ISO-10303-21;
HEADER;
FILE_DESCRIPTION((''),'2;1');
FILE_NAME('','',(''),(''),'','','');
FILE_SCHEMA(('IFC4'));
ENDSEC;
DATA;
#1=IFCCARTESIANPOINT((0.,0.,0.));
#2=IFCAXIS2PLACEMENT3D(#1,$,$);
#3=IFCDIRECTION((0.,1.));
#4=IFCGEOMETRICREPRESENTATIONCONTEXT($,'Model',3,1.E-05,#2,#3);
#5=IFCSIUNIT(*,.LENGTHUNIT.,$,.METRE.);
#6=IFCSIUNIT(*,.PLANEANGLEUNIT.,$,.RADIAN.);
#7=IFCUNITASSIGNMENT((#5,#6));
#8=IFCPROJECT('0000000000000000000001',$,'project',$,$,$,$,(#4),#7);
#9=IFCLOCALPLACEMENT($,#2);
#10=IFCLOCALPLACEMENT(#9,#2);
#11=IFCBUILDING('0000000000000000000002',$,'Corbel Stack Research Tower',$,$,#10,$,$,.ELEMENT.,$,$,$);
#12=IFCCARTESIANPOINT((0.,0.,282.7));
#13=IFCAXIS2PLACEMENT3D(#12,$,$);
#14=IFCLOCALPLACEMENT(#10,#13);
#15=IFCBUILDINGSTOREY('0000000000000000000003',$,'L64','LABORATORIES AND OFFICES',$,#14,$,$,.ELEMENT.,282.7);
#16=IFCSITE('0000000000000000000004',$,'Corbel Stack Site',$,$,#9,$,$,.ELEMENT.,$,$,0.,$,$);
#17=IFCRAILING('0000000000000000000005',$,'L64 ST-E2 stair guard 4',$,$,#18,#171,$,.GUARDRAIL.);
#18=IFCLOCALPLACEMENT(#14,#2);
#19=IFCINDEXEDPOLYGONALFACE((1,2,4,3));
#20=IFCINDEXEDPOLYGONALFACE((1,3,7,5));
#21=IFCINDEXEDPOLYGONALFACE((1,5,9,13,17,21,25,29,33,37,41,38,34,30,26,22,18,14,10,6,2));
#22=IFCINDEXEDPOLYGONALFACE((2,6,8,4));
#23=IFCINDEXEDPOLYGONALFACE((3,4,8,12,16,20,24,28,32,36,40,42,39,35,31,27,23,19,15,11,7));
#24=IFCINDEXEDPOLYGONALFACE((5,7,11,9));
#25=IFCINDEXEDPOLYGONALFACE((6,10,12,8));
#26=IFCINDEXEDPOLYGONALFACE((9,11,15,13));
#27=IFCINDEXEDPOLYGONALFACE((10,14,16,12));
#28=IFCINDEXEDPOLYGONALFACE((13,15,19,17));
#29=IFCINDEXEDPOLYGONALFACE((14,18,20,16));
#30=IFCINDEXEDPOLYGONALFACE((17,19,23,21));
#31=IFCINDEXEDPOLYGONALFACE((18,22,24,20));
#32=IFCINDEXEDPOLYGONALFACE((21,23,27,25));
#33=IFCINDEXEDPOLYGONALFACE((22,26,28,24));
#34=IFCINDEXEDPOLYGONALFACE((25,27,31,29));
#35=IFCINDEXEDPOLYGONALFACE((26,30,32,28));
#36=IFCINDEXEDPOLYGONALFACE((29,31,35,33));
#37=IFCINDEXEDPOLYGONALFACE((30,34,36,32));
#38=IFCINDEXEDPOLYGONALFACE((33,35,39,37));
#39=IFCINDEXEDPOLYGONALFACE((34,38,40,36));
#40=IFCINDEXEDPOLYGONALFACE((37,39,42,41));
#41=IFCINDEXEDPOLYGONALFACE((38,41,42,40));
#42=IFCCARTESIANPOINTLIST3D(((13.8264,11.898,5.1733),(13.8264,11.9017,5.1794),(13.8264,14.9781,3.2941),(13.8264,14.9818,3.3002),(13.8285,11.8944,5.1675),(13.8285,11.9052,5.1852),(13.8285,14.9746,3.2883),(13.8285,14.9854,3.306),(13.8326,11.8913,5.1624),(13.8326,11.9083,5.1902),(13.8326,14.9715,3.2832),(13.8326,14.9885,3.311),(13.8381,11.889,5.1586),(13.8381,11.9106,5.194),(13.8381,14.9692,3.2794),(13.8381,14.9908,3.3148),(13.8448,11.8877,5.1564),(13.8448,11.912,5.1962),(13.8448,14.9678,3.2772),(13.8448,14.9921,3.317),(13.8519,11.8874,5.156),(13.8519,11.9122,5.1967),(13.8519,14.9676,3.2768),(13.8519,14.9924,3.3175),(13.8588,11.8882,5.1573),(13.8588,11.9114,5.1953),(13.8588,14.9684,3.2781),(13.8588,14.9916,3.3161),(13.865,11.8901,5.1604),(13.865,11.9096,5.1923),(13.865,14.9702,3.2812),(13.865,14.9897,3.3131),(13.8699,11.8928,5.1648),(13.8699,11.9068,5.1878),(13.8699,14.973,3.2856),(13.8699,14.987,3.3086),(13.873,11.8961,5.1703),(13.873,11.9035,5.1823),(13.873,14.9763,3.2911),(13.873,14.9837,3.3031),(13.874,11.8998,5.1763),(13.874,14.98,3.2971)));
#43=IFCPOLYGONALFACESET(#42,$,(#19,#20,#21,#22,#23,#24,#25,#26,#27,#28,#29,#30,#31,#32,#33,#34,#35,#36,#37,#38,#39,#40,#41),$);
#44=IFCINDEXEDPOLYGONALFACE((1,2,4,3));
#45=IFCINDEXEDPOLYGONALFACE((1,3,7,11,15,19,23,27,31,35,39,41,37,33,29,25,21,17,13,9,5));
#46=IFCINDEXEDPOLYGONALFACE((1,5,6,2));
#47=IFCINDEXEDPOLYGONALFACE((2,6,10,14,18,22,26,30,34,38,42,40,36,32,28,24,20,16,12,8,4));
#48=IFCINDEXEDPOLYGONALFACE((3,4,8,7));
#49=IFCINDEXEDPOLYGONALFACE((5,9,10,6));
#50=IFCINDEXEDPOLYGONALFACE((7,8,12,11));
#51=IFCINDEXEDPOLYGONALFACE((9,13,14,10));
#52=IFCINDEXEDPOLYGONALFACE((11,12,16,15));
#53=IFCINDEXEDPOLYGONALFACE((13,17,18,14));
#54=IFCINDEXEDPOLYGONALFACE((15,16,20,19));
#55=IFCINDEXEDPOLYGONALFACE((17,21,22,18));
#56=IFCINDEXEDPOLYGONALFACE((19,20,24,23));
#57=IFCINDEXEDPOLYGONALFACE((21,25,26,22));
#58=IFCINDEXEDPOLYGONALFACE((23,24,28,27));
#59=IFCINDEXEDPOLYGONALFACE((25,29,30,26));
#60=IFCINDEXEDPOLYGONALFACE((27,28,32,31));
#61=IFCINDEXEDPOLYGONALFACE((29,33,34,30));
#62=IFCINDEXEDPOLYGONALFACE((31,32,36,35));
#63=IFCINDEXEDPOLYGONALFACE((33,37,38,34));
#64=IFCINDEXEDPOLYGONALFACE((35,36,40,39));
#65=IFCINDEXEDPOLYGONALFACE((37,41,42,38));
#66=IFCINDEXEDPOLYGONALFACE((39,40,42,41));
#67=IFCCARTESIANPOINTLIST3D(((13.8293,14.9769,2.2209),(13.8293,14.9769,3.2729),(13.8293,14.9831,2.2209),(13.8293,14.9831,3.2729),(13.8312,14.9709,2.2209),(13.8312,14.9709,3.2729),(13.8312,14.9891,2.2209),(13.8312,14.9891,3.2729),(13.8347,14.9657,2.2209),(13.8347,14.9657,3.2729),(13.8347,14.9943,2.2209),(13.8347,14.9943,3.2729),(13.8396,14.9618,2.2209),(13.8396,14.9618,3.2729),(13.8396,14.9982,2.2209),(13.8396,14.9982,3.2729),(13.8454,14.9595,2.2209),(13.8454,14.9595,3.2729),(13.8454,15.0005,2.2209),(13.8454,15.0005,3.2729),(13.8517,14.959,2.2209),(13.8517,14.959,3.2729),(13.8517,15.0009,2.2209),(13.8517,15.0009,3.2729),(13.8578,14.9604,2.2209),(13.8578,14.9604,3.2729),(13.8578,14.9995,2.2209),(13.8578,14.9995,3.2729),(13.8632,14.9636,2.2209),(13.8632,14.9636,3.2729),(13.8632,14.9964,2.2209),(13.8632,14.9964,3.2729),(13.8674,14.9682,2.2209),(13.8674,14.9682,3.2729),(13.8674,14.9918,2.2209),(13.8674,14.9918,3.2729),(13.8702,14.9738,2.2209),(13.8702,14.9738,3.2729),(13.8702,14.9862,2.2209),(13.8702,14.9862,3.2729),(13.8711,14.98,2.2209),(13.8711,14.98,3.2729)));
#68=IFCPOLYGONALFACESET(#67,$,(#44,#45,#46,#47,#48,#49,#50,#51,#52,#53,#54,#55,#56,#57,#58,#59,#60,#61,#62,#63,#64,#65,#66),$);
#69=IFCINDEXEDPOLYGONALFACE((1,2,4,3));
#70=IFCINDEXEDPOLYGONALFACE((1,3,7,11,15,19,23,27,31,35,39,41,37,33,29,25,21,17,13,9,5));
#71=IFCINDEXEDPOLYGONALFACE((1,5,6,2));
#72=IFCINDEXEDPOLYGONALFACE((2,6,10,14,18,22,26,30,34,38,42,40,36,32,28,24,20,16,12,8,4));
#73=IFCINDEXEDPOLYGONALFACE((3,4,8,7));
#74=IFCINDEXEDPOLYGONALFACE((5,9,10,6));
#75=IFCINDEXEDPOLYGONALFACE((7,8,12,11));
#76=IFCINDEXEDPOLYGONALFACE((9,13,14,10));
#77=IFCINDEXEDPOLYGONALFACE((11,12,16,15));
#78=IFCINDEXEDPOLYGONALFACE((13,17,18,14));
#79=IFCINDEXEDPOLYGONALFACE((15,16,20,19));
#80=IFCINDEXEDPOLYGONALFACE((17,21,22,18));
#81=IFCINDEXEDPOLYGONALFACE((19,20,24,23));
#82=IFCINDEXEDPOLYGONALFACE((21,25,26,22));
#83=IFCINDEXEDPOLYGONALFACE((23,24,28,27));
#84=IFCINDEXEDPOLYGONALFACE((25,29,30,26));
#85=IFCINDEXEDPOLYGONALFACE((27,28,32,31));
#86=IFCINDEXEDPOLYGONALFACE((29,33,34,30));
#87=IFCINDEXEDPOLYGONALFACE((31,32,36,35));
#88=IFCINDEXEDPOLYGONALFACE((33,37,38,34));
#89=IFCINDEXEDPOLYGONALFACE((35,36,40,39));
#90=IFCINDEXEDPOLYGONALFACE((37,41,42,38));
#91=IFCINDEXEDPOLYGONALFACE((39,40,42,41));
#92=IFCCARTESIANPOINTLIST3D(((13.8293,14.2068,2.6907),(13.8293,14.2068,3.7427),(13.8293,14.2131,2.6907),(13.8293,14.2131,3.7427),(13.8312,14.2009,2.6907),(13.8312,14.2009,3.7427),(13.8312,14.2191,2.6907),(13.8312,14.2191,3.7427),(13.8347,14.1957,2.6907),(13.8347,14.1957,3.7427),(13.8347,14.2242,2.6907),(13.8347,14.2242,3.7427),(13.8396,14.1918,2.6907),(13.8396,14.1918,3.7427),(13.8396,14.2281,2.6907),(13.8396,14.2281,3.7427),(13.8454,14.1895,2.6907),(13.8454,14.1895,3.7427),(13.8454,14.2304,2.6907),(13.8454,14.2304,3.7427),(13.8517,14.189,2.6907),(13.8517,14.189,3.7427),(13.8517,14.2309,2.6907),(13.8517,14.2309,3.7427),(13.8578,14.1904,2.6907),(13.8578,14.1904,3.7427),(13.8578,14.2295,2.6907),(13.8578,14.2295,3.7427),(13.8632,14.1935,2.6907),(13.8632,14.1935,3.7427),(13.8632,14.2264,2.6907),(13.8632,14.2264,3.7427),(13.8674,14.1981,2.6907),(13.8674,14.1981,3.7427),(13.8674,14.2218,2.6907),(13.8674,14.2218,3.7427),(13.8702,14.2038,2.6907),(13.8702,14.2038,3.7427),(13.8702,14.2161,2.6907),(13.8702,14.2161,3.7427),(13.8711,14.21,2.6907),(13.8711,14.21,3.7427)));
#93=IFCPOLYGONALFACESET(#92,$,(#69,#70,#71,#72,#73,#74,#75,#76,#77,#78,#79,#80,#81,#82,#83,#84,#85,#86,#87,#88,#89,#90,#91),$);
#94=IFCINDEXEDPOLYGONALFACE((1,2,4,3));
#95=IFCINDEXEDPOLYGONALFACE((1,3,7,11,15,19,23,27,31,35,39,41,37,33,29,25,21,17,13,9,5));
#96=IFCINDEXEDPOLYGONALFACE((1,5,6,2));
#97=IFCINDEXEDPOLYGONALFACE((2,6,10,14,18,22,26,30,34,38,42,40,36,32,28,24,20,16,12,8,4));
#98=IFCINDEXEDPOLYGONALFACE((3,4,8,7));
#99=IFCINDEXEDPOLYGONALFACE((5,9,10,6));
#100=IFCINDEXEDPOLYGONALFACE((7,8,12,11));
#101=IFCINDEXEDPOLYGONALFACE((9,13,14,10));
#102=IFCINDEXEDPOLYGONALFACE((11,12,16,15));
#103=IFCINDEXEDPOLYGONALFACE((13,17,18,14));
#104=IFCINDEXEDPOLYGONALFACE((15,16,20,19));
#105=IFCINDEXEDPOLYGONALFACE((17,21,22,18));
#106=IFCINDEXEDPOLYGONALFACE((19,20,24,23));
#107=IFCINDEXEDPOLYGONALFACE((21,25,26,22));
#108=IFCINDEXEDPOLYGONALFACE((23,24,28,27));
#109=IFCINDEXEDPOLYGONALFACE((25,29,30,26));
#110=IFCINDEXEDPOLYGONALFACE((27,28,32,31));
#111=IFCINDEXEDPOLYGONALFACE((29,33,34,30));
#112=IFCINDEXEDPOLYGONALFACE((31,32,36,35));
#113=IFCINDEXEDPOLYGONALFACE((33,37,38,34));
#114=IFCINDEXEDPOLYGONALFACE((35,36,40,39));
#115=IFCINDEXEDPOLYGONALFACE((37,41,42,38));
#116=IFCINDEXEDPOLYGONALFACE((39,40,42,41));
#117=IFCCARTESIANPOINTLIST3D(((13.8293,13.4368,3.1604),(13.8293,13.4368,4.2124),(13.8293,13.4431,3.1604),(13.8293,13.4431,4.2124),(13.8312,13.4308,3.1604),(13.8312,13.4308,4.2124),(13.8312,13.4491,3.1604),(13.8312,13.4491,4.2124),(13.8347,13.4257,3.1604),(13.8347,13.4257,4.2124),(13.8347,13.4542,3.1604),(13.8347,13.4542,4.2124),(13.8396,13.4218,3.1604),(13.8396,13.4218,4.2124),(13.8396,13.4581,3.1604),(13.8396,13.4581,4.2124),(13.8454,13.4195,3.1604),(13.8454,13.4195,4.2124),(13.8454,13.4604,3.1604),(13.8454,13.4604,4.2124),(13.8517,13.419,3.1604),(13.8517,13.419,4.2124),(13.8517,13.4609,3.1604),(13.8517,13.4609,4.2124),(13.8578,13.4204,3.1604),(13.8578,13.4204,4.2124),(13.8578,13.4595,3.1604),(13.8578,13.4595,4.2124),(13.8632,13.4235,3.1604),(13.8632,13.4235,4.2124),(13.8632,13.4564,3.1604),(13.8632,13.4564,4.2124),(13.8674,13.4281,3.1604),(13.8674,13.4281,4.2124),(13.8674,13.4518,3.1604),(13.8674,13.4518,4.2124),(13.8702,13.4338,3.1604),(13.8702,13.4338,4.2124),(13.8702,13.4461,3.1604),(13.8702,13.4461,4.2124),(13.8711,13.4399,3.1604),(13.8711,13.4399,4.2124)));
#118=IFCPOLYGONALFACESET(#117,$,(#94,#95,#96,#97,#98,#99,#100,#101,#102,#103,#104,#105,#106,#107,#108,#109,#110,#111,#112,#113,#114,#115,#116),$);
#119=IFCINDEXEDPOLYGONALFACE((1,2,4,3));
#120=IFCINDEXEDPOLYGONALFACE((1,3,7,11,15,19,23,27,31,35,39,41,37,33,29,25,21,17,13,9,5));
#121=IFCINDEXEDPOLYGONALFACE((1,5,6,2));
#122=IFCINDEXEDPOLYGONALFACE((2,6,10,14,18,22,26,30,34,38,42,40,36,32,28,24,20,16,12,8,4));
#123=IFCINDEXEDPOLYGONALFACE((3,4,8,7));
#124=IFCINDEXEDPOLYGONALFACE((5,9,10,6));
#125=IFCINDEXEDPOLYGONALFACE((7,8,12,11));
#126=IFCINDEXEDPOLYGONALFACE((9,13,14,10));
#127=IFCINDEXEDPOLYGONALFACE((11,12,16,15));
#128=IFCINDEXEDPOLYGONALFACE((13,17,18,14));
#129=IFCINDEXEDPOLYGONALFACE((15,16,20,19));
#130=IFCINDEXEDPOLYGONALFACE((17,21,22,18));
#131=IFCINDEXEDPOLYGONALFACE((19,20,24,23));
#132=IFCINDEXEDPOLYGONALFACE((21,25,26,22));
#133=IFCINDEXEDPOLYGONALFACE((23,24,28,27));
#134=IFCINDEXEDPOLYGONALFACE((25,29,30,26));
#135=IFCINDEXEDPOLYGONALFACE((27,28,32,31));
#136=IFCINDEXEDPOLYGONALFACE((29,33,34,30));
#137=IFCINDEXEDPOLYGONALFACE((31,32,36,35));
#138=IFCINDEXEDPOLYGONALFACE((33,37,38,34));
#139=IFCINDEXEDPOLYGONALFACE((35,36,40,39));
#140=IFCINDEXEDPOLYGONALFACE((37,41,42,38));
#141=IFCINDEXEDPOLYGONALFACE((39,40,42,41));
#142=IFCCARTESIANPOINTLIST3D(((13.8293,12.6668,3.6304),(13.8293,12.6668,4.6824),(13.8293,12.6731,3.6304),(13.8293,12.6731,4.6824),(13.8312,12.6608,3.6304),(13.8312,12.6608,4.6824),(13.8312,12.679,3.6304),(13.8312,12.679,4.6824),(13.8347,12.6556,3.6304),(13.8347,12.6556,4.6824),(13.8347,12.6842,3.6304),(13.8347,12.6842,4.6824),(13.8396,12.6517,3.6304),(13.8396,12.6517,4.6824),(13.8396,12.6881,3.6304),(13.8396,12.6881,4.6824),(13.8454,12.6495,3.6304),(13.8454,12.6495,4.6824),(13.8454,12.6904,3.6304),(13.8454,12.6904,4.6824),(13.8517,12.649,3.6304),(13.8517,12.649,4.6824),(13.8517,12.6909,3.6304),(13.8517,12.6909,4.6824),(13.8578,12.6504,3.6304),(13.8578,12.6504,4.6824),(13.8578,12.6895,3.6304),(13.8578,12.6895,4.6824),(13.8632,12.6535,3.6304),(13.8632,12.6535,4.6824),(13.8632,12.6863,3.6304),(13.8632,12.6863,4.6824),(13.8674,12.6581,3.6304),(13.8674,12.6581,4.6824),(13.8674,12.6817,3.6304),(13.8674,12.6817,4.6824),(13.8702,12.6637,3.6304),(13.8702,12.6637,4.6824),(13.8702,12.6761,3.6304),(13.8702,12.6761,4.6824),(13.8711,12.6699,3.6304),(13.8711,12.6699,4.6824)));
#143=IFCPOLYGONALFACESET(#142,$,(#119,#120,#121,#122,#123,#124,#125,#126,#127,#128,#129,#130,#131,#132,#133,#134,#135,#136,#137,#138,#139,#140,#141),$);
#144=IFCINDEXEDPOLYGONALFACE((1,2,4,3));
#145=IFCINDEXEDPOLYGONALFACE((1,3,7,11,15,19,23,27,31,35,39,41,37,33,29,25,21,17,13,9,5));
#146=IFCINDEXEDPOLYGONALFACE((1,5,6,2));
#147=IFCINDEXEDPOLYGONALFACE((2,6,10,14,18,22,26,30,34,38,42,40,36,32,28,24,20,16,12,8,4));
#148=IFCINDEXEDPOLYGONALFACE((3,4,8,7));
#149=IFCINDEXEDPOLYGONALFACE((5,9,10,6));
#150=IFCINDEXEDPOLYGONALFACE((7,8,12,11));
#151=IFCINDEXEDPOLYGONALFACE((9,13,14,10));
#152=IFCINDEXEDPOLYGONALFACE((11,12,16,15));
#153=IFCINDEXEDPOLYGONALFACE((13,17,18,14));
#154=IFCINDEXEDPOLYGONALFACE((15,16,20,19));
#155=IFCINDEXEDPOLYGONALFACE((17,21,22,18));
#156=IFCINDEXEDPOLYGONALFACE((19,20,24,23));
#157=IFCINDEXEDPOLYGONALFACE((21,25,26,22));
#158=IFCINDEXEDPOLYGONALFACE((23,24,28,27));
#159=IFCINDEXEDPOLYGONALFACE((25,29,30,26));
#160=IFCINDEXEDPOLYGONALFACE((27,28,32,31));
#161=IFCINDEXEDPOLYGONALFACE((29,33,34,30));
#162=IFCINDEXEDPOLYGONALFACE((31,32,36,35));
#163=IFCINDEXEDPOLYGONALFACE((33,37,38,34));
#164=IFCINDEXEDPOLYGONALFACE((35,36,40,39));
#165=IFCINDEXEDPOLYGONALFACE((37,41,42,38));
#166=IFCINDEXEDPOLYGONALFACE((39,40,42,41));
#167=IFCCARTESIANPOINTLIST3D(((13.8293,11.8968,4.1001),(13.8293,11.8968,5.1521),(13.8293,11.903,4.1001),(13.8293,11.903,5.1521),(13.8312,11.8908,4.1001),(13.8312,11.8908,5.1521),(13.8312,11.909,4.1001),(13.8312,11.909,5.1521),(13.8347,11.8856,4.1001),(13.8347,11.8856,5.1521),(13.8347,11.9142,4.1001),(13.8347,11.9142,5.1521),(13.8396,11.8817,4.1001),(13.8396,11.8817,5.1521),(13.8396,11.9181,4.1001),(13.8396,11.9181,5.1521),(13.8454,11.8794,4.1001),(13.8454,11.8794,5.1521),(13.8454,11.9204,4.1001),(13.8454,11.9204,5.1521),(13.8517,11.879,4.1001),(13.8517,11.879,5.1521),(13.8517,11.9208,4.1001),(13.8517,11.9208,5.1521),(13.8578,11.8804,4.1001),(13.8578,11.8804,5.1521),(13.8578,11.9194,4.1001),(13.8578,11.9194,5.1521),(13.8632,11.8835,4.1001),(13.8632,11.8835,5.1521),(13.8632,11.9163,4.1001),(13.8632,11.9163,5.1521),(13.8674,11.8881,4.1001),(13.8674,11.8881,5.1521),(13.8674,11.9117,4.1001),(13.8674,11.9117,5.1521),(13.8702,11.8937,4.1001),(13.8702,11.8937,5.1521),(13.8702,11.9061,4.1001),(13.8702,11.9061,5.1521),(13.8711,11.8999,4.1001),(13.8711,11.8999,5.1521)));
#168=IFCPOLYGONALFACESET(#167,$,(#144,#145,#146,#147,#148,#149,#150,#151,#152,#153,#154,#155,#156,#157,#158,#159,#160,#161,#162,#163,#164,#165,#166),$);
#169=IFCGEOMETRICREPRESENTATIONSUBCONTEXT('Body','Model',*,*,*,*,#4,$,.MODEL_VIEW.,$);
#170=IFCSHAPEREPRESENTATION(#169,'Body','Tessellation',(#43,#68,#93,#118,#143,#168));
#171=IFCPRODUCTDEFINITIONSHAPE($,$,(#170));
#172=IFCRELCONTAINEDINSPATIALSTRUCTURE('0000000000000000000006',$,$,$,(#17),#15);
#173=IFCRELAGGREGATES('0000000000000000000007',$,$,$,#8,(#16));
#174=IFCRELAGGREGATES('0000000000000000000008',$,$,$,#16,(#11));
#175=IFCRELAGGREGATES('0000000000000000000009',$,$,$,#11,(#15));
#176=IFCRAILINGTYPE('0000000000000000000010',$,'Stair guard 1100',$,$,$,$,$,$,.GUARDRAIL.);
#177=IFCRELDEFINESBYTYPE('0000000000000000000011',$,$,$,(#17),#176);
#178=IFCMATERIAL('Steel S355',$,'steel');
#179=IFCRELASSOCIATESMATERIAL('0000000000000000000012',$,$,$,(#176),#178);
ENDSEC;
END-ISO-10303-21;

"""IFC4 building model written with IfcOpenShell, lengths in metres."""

from ifc_helpers import new_model, si_unit, direction, frame, origin, origin_2d, place, context, subcontext, project, spatial, circle, extrude, material, type_object, element, save


model = new_model("IFC4")

# Units and contexts
model_context = context("Model", 3, precision=1e-05, world=origin(), true_north=direction((0.0, 1.0)))
body_context = subcontext(model_context, "Body", "Model", "MODEL_VIEW")
ifc_project = project(units=[si_unit("LENGTHUNIT", "METRE"), si_unit("PLANEANGLEUNIT", "RADIAN")], contexts=[model_context])

# Site, building, storey
site_placement = place(None, origin())
site = spatial("IfcSite", under=ifc_project, at=site_placement, Name="Corbel Stack Site", CompositionType="ELEMENT", RefElevation=0.0)
building_placement = place(site_placement, origin())
building = spatial("IfcBuilding", under=site, at=building_placement, Name="Corbel Stack Research Tower", CompositionType="ELEMENT")
storey_placement = place(building_placement, frame((0.0, 0.0, 282.7)))
storey = spatial("IfcBuildingStorey", under=building, at=storey_placement, Name="L64", Description="LABORATORIES AND OFFICES", CompositionType="ELEMENT", Elevation=282.7)

# Railing
ifc_material_1 = material(Name="Steel S355", Category="steel")
railing_type = type_object("IfcRailingType", Name="Stair guard 1100", PredefinedType="GUARDRAIL", material=ifc_material_1)
railing_placement = place(storey_placement, frame((13.8501, 14.98, 2.2209)))
element("IfcRailing", 1, at=railing_placement, inside=storey, type_object=railing_type, Name="L64 ST-E2 stair guard 4", PredefinedType="GUARDRAIL", context=body_context, shape_type="SweptSolid", body=[
    extrude(circle(Radius=0.0239, at=origin_2d()), frame((0.0, 0.0, 1.0762), z_axis=(0.0, -0.853666, 0.52082), x_axis=(1.0, 0.0, 0.0)), (0.0, 0.0, 1.0), 3.6082),
    extrude(circle(Radius=0.021, at=origin_2d()), origin(), (0.0, 0.0, 1.0), 1.052),
    extrude(circle(Radius=0.021, at=origin_2d()), frame((0.0, -0.77, 0.4697)), (0.0, 0.0, 1.0), 1.052),
    extrude(circle(Radius=0.021, at=origin_2d()), frame((0.0, -1.54, 0.9395)), (0.0, 0.0, 1.0), 1.052),
    extrude(circle(Radius=0.021, at=origin_2d()), frame((0.0, -2.3101, 1.4094)), (0.0, 0.0, 1.0), 1.052),
    extrude(circle(Radius=0.021, at=origin_2d()), frame((0.0, -3.0801, 1.8792)), (0.0, 0.0, 1.0), 1.052),
])

save(model, "model.ifc")
